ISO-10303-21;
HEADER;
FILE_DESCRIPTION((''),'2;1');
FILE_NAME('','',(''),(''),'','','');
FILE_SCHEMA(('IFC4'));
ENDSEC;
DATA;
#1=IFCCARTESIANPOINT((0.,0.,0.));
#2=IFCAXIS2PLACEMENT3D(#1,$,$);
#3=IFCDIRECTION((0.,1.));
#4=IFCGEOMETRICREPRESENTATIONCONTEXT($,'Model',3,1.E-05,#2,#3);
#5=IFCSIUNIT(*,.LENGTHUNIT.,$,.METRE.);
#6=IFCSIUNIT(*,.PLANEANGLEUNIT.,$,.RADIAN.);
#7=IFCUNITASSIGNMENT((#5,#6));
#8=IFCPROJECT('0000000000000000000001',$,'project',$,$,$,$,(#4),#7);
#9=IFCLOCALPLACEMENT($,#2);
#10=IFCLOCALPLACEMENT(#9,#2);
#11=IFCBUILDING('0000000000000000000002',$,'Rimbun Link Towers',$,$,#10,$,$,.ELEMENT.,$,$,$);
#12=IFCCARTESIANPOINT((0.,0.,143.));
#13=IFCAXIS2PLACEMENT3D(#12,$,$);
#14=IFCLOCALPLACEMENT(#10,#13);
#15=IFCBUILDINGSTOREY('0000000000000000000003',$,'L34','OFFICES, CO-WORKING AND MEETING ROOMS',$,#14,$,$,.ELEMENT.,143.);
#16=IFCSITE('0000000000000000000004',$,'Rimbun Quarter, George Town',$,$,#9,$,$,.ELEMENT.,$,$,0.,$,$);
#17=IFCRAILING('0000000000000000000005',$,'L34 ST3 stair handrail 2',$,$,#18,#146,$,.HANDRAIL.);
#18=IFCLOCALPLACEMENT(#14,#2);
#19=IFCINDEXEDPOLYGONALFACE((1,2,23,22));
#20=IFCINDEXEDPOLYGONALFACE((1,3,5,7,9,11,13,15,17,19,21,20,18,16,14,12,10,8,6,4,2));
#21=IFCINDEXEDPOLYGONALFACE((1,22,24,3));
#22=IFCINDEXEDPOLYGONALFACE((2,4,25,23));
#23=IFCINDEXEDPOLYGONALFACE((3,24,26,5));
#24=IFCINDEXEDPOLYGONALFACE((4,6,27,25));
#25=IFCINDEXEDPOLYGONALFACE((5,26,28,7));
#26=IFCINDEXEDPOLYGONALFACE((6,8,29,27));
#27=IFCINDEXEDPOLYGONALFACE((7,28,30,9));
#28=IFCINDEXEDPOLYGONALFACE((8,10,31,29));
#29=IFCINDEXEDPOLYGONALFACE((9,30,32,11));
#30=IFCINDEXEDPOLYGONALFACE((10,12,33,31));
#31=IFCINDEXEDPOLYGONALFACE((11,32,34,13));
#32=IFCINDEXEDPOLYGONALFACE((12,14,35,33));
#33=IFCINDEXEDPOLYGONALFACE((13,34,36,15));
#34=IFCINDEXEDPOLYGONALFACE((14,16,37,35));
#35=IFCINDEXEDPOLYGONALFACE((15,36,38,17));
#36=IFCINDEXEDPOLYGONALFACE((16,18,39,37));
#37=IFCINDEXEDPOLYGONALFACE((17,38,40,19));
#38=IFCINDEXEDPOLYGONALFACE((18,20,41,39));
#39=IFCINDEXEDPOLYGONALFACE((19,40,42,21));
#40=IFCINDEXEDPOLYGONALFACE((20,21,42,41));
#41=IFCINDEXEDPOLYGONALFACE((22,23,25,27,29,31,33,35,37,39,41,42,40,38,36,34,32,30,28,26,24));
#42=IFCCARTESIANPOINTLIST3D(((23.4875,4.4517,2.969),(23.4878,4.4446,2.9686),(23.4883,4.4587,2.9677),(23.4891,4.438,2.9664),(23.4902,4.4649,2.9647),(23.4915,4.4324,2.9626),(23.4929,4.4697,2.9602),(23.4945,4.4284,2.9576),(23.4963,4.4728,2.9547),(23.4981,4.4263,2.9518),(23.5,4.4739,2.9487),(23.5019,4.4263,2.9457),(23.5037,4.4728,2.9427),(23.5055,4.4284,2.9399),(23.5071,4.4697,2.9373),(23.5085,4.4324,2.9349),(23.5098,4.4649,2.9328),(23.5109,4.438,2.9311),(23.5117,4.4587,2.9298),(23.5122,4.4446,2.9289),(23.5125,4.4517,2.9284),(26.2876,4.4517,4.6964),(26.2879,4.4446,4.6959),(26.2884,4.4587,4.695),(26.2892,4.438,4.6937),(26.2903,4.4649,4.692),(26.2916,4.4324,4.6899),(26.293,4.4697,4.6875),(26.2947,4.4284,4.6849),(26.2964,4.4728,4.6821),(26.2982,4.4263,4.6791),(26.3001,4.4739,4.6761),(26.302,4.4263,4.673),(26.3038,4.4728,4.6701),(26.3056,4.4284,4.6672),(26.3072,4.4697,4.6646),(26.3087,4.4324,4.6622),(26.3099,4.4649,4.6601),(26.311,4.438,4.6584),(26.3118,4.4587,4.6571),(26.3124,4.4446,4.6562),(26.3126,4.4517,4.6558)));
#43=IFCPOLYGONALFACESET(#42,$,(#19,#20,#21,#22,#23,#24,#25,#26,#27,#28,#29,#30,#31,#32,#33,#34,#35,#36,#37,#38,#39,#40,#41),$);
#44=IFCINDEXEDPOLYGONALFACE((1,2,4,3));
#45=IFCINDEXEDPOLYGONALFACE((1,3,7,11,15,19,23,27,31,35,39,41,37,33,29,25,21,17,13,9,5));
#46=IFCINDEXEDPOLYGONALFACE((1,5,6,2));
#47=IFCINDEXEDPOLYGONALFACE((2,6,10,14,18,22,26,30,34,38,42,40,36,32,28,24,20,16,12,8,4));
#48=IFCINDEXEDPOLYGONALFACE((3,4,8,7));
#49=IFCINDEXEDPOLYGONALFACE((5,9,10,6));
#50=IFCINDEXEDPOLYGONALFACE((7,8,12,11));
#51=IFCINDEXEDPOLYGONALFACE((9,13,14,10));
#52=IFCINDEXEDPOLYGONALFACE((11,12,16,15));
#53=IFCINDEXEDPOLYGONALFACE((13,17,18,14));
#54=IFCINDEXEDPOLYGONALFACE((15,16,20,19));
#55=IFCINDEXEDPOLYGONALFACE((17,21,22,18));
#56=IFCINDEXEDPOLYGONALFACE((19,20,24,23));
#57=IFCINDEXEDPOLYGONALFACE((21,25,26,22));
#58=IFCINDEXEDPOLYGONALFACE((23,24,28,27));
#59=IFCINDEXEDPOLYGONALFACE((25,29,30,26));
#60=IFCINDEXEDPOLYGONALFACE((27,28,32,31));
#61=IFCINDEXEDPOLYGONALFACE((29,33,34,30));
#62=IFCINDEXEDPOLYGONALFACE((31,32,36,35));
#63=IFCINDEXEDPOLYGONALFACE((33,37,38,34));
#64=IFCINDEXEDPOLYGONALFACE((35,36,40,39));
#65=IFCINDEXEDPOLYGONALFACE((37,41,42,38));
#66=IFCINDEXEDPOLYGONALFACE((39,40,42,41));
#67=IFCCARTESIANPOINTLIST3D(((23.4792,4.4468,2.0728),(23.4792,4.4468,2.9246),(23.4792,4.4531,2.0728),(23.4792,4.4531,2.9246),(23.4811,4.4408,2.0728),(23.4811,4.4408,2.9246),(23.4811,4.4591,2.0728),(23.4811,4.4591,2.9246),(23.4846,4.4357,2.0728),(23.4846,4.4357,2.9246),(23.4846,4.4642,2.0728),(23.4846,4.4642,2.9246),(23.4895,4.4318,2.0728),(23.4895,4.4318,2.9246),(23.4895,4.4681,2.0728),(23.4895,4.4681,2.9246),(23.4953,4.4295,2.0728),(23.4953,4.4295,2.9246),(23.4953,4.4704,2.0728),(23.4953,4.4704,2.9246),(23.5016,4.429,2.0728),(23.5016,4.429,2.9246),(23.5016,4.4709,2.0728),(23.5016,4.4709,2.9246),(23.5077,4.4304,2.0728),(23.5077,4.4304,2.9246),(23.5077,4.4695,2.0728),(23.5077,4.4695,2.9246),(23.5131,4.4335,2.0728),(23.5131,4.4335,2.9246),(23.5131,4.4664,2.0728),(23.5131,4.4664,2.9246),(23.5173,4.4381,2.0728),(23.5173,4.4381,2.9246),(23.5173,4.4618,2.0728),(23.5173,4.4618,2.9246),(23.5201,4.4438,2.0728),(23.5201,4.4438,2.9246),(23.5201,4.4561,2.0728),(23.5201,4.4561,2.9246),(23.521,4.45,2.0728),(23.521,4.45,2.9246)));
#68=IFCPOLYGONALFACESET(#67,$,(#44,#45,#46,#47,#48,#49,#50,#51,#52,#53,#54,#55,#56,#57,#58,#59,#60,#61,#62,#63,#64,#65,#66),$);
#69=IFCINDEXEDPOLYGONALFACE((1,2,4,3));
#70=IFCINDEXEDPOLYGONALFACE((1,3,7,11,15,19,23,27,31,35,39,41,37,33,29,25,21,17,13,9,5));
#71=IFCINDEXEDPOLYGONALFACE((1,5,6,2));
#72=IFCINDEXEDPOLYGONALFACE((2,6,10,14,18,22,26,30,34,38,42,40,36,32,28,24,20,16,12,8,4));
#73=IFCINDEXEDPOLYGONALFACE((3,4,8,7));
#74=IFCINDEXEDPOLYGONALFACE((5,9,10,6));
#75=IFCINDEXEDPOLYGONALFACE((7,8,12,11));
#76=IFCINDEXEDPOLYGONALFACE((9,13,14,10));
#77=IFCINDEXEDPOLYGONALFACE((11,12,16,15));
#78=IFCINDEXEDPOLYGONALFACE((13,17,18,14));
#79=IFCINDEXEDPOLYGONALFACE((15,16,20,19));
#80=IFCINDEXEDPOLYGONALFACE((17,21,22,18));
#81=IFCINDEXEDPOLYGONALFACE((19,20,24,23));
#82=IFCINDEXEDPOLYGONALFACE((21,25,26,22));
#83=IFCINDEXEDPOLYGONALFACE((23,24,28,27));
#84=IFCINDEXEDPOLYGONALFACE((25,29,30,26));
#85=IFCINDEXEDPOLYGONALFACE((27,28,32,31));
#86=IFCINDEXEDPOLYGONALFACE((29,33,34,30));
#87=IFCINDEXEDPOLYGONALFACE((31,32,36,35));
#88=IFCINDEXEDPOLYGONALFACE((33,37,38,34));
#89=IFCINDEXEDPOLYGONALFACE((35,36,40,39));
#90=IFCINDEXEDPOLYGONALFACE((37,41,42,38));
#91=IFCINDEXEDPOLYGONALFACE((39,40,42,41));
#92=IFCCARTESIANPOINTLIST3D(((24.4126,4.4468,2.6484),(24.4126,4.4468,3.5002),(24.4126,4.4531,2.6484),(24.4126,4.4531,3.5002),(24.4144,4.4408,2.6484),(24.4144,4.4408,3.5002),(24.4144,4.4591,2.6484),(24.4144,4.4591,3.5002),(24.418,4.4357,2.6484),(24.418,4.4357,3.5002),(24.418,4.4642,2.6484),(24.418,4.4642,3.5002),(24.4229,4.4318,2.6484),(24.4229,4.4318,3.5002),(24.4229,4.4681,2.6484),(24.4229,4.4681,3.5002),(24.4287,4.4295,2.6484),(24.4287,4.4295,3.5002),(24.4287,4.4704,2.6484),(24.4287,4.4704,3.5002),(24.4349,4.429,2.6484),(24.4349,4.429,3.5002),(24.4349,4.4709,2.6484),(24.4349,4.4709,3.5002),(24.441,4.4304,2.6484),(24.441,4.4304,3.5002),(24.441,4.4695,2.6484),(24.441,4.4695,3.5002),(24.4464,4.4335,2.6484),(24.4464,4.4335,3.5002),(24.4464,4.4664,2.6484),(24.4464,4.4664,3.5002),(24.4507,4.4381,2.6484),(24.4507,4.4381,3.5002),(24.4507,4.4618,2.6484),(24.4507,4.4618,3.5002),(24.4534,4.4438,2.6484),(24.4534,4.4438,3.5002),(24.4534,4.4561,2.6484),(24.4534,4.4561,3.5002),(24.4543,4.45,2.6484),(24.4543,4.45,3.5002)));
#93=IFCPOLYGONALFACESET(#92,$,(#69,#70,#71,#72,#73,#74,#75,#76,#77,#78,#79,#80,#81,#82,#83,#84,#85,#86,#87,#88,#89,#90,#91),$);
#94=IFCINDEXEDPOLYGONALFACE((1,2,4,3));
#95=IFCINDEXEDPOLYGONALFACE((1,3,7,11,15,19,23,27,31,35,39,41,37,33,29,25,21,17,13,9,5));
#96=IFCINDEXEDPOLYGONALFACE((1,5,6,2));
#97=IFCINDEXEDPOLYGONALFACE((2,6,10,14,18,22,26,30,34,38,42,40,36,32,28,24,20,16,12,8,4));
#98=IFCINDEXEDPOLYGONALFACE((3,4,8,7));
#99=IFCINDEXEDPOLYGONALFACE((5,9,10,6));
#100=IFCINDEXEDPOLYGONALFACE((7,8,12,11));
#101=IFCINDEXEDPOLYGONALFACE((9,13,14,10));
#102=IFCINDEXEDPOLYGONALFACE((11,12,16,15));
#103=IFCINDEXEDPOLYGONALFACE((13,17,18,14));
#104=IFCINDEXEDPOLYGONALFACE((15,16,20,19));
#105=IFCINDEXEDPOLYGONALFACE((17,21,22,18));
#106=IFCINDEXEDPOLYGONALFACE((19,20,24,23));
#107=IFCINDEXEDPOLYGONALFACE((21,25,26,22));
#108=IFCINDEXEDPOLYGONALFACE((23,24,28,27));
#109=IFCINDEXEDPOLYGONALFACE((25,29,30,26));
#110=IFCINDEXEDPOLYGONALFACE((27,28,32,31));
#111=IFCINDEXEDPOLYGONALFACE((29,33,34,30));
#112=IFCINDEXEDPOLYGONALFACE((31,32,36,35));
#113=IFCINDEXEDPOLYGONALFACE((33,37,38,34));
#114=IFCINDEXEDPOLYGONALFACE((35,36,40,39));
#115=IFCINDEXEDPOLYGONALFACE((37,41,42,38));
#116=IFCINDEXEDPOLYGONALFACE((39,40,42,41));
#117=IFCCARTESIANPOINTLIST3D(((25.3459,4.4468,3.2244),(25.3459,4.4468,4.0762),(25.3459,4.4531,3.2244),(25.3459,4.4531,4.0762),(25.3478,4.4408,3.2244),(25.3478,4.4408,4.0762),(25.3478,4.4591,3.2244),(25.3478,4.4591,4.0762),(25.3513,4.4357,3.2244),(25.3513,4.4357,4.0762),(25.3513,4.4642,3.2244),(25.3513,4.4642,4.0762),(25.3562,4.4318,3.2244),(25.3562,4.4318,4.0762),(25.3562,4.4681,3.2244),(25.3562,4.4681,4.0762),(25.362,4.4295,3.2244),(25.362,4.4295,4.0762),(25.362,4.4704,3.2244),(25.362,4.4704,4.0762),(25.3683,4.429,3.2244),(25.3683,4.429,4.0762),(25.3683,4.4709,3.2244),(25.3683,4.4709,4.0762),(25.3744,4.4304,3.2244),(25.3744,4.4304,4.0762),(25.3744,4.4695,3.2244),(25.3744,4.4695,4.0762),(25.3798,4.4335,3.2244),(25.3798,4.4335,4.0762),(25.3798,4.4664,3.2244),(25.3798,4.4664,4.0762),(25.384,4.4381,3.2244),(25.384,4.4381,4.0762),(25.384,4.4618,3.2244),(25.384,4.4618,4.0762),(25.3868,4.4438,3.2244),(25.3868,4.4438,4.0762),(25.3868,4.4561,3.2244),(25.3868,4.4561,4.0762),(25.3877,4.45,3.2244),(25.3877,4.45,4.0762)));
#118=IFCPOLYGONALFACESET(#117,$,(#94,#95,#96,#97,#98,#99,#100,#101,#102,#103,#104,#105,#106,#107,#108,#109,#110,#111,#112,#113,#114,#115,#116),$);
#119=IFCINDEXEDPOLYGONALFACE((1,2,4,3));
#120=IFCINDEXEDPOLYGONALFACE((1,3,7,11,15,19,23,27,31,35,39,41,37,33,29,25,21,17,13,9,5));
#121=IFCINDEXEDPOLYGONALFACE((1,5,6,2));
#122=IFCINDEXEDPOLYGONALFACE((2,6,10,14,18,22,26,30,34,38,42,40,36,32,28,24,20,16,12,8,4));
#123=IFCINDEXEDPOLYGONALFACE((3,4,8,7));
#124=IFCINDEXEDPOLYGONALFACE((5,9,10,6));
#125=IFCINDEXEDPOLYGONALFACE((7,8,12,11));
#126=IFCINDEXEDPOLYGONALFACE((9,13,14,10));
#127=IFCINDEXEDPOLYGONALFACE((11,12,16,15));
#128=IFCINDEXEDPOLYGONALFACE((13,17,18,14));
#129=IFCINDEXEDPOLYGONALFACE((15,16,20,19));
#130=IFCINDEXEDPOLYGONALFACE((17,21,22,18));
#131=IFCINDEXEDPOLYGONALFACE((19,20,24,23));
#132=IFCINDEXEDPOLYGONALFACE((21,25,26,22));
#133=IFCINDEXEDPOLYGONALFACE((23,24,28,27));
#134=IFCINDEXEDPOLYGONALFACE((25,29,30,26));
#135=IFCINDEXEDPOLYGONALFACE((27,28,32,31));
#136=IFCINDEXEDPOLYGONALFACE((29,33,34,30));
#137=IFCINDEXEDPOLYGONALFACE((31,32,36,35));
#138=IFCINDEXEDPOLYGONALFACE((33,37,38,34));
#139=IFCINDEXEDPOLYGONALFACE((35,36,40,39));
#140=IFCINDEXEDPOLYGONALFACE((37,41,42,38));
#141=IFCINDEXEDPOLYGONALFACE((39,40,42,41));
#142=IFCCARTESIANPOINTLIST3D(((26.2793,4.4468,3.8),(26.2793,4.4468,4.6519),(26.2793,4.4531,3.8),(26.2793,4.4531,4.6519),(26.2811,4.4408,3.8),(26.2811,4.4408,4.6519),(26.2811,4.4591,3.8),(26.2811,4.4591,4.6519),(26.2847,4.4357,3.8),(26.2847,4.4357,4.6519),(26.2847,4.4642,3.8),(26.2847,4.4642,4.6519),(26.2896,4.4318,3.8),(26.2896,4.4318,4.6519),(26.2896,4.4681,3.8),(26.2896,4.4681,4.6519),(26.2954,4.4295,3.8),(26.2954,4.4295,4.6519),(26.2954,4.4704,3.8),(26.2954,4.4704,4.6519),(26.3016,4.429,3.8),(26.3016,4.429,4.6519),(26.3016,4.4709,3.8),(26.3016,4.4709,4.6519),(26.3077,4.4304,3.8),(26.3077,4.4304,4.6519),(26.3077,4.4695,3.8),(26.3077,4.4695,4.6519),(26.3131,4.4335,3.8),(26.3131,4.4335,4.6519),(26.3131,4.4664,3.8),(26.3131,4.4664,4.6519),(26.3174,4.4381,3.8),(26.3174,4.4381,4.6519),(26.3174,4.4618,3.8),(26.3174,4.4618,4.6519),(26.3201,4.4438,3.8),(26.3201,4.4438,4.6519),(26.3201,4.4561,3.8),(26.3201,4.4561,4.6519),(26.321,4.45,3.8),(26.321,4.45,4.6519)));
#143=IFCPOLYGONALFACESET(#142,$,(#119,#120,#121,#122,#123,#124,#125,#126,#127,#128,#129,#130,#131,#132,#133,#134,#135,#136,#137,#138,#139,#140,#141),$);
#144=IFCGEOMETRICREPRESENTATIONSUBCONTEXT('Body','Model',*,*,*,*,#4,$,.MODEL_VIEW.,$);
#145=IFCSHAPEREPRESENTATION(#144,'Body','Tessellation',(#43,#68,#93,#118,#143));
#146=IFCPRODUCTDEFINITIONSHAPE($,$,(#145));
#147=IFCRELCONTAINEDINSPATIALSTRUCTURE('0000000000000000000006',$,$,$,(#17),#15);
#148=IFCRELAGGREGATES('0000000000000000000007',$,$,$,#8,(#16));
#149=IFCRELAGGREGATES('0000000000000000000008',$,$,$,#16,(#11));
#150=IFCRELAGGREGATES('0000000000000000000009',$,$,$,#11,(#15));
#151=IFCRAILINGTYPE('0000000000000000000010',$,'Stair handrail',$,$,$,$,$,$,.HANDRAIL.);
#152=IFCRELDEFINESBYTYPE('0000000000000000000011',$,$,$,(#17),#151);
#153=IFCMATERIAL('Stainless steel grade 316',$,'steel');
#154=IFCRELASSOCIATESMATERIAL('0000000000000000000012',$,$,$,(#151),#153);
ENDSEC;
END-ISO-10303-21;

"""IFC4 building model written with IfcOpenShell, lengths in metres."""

from ifc_helpers import new_model, si_unit, direction, frame, origin, origin_2d, place, context, subcontext, project, spatial, circle, extrude, material, type_object, element, save


model = new_model("IFC4")

# Units and contexts
model_context = context("Model", 3, precision=1e-05, world=origin(), true_north=direction((0.0, 1.0)))
body_context = subcontext(model_context, "Body", "Model", "MODEL_VIEW")
ifc_project = project(units=[si_unit("LENGTHUNIT", "METRE"), si_unit("PLANEANGLEUNIT", "RADIAN")], contexts=[model_context])

# Site, building, storey
site_placement = place(None, origin())
site = spatial("IfcSite", under=ifc_project, at=site_placement, Name="Rimbun Quarter, George Town", CompositionType="ELEMENT", RefElevation=0.0)
building_placement = place(site_placement, origin())
building = spatial("IfcBuilding", under=site, at=building_placement, Name="Rimbun Link Towers", CompositionType="ELEMENT")
storey_placement = place(building_placement, frame((0.0, 0.0, 143.0)))
storey = spatial("IfcBuildingStorey", under=building, at=storey_placement, Name="L34", Description="OFFICES, CO-WORKING AND MEETING ROOMS", CompositionType="ELEMENT", Elevation=143.0)

# Railing
ifc_material_1 = material(Name="Stainless steel grade 316", Category="steel")
railing_type_1 = type_object("IfcRailingType", Name="Stair handrail", PredefinedType="HANDRAIL", material=ifc_material_1)
railing_1_placement = place(storey_placement, frame((23.5, 4.45, 2.0728)))
element("IfcRailing", 1, at=railing_1_placement, inside=storey, type_object=railing_type_1, Name="L34 ST3 stair handrail 2", PredefinedType="HANDRAIL", context=body_context, shape_type="SweptSolid", body=[
    extrude(circle(Radius=0.0239, at=origin_2d()), frame((0.0, 0.0, 0.876), z_axis=(0.85109, 0.0, 0.52502), x_axis=(0.0, 1.0, 0.0)), (0.0, 0.0, 1.0), 3.29),
    extrude(circle(Radius=0.021, at=origin_2d()), origin(), (0.0, 0.0, 1.0), 0.8518),
    extrude(circle(Radius=0.021, at=origin_2d()), frame((0.9333, 0.0, 0.5757)), (0.0, 0.0, 1.0), 0.8518),
    extrude(circle(Radius=0.021, at=origin_2d()), frame((1.8667, 0.0, 1.1516)), (0.0, 0.0, 1.0), 0.8518),
    extrude(circle(Radius=0.021, at=origin_2d()), frame((2.8, 0.0, 1.7273)), (0.0, 0.0, 1.0), 0.8518),
])

save(model, "model.ifc")
